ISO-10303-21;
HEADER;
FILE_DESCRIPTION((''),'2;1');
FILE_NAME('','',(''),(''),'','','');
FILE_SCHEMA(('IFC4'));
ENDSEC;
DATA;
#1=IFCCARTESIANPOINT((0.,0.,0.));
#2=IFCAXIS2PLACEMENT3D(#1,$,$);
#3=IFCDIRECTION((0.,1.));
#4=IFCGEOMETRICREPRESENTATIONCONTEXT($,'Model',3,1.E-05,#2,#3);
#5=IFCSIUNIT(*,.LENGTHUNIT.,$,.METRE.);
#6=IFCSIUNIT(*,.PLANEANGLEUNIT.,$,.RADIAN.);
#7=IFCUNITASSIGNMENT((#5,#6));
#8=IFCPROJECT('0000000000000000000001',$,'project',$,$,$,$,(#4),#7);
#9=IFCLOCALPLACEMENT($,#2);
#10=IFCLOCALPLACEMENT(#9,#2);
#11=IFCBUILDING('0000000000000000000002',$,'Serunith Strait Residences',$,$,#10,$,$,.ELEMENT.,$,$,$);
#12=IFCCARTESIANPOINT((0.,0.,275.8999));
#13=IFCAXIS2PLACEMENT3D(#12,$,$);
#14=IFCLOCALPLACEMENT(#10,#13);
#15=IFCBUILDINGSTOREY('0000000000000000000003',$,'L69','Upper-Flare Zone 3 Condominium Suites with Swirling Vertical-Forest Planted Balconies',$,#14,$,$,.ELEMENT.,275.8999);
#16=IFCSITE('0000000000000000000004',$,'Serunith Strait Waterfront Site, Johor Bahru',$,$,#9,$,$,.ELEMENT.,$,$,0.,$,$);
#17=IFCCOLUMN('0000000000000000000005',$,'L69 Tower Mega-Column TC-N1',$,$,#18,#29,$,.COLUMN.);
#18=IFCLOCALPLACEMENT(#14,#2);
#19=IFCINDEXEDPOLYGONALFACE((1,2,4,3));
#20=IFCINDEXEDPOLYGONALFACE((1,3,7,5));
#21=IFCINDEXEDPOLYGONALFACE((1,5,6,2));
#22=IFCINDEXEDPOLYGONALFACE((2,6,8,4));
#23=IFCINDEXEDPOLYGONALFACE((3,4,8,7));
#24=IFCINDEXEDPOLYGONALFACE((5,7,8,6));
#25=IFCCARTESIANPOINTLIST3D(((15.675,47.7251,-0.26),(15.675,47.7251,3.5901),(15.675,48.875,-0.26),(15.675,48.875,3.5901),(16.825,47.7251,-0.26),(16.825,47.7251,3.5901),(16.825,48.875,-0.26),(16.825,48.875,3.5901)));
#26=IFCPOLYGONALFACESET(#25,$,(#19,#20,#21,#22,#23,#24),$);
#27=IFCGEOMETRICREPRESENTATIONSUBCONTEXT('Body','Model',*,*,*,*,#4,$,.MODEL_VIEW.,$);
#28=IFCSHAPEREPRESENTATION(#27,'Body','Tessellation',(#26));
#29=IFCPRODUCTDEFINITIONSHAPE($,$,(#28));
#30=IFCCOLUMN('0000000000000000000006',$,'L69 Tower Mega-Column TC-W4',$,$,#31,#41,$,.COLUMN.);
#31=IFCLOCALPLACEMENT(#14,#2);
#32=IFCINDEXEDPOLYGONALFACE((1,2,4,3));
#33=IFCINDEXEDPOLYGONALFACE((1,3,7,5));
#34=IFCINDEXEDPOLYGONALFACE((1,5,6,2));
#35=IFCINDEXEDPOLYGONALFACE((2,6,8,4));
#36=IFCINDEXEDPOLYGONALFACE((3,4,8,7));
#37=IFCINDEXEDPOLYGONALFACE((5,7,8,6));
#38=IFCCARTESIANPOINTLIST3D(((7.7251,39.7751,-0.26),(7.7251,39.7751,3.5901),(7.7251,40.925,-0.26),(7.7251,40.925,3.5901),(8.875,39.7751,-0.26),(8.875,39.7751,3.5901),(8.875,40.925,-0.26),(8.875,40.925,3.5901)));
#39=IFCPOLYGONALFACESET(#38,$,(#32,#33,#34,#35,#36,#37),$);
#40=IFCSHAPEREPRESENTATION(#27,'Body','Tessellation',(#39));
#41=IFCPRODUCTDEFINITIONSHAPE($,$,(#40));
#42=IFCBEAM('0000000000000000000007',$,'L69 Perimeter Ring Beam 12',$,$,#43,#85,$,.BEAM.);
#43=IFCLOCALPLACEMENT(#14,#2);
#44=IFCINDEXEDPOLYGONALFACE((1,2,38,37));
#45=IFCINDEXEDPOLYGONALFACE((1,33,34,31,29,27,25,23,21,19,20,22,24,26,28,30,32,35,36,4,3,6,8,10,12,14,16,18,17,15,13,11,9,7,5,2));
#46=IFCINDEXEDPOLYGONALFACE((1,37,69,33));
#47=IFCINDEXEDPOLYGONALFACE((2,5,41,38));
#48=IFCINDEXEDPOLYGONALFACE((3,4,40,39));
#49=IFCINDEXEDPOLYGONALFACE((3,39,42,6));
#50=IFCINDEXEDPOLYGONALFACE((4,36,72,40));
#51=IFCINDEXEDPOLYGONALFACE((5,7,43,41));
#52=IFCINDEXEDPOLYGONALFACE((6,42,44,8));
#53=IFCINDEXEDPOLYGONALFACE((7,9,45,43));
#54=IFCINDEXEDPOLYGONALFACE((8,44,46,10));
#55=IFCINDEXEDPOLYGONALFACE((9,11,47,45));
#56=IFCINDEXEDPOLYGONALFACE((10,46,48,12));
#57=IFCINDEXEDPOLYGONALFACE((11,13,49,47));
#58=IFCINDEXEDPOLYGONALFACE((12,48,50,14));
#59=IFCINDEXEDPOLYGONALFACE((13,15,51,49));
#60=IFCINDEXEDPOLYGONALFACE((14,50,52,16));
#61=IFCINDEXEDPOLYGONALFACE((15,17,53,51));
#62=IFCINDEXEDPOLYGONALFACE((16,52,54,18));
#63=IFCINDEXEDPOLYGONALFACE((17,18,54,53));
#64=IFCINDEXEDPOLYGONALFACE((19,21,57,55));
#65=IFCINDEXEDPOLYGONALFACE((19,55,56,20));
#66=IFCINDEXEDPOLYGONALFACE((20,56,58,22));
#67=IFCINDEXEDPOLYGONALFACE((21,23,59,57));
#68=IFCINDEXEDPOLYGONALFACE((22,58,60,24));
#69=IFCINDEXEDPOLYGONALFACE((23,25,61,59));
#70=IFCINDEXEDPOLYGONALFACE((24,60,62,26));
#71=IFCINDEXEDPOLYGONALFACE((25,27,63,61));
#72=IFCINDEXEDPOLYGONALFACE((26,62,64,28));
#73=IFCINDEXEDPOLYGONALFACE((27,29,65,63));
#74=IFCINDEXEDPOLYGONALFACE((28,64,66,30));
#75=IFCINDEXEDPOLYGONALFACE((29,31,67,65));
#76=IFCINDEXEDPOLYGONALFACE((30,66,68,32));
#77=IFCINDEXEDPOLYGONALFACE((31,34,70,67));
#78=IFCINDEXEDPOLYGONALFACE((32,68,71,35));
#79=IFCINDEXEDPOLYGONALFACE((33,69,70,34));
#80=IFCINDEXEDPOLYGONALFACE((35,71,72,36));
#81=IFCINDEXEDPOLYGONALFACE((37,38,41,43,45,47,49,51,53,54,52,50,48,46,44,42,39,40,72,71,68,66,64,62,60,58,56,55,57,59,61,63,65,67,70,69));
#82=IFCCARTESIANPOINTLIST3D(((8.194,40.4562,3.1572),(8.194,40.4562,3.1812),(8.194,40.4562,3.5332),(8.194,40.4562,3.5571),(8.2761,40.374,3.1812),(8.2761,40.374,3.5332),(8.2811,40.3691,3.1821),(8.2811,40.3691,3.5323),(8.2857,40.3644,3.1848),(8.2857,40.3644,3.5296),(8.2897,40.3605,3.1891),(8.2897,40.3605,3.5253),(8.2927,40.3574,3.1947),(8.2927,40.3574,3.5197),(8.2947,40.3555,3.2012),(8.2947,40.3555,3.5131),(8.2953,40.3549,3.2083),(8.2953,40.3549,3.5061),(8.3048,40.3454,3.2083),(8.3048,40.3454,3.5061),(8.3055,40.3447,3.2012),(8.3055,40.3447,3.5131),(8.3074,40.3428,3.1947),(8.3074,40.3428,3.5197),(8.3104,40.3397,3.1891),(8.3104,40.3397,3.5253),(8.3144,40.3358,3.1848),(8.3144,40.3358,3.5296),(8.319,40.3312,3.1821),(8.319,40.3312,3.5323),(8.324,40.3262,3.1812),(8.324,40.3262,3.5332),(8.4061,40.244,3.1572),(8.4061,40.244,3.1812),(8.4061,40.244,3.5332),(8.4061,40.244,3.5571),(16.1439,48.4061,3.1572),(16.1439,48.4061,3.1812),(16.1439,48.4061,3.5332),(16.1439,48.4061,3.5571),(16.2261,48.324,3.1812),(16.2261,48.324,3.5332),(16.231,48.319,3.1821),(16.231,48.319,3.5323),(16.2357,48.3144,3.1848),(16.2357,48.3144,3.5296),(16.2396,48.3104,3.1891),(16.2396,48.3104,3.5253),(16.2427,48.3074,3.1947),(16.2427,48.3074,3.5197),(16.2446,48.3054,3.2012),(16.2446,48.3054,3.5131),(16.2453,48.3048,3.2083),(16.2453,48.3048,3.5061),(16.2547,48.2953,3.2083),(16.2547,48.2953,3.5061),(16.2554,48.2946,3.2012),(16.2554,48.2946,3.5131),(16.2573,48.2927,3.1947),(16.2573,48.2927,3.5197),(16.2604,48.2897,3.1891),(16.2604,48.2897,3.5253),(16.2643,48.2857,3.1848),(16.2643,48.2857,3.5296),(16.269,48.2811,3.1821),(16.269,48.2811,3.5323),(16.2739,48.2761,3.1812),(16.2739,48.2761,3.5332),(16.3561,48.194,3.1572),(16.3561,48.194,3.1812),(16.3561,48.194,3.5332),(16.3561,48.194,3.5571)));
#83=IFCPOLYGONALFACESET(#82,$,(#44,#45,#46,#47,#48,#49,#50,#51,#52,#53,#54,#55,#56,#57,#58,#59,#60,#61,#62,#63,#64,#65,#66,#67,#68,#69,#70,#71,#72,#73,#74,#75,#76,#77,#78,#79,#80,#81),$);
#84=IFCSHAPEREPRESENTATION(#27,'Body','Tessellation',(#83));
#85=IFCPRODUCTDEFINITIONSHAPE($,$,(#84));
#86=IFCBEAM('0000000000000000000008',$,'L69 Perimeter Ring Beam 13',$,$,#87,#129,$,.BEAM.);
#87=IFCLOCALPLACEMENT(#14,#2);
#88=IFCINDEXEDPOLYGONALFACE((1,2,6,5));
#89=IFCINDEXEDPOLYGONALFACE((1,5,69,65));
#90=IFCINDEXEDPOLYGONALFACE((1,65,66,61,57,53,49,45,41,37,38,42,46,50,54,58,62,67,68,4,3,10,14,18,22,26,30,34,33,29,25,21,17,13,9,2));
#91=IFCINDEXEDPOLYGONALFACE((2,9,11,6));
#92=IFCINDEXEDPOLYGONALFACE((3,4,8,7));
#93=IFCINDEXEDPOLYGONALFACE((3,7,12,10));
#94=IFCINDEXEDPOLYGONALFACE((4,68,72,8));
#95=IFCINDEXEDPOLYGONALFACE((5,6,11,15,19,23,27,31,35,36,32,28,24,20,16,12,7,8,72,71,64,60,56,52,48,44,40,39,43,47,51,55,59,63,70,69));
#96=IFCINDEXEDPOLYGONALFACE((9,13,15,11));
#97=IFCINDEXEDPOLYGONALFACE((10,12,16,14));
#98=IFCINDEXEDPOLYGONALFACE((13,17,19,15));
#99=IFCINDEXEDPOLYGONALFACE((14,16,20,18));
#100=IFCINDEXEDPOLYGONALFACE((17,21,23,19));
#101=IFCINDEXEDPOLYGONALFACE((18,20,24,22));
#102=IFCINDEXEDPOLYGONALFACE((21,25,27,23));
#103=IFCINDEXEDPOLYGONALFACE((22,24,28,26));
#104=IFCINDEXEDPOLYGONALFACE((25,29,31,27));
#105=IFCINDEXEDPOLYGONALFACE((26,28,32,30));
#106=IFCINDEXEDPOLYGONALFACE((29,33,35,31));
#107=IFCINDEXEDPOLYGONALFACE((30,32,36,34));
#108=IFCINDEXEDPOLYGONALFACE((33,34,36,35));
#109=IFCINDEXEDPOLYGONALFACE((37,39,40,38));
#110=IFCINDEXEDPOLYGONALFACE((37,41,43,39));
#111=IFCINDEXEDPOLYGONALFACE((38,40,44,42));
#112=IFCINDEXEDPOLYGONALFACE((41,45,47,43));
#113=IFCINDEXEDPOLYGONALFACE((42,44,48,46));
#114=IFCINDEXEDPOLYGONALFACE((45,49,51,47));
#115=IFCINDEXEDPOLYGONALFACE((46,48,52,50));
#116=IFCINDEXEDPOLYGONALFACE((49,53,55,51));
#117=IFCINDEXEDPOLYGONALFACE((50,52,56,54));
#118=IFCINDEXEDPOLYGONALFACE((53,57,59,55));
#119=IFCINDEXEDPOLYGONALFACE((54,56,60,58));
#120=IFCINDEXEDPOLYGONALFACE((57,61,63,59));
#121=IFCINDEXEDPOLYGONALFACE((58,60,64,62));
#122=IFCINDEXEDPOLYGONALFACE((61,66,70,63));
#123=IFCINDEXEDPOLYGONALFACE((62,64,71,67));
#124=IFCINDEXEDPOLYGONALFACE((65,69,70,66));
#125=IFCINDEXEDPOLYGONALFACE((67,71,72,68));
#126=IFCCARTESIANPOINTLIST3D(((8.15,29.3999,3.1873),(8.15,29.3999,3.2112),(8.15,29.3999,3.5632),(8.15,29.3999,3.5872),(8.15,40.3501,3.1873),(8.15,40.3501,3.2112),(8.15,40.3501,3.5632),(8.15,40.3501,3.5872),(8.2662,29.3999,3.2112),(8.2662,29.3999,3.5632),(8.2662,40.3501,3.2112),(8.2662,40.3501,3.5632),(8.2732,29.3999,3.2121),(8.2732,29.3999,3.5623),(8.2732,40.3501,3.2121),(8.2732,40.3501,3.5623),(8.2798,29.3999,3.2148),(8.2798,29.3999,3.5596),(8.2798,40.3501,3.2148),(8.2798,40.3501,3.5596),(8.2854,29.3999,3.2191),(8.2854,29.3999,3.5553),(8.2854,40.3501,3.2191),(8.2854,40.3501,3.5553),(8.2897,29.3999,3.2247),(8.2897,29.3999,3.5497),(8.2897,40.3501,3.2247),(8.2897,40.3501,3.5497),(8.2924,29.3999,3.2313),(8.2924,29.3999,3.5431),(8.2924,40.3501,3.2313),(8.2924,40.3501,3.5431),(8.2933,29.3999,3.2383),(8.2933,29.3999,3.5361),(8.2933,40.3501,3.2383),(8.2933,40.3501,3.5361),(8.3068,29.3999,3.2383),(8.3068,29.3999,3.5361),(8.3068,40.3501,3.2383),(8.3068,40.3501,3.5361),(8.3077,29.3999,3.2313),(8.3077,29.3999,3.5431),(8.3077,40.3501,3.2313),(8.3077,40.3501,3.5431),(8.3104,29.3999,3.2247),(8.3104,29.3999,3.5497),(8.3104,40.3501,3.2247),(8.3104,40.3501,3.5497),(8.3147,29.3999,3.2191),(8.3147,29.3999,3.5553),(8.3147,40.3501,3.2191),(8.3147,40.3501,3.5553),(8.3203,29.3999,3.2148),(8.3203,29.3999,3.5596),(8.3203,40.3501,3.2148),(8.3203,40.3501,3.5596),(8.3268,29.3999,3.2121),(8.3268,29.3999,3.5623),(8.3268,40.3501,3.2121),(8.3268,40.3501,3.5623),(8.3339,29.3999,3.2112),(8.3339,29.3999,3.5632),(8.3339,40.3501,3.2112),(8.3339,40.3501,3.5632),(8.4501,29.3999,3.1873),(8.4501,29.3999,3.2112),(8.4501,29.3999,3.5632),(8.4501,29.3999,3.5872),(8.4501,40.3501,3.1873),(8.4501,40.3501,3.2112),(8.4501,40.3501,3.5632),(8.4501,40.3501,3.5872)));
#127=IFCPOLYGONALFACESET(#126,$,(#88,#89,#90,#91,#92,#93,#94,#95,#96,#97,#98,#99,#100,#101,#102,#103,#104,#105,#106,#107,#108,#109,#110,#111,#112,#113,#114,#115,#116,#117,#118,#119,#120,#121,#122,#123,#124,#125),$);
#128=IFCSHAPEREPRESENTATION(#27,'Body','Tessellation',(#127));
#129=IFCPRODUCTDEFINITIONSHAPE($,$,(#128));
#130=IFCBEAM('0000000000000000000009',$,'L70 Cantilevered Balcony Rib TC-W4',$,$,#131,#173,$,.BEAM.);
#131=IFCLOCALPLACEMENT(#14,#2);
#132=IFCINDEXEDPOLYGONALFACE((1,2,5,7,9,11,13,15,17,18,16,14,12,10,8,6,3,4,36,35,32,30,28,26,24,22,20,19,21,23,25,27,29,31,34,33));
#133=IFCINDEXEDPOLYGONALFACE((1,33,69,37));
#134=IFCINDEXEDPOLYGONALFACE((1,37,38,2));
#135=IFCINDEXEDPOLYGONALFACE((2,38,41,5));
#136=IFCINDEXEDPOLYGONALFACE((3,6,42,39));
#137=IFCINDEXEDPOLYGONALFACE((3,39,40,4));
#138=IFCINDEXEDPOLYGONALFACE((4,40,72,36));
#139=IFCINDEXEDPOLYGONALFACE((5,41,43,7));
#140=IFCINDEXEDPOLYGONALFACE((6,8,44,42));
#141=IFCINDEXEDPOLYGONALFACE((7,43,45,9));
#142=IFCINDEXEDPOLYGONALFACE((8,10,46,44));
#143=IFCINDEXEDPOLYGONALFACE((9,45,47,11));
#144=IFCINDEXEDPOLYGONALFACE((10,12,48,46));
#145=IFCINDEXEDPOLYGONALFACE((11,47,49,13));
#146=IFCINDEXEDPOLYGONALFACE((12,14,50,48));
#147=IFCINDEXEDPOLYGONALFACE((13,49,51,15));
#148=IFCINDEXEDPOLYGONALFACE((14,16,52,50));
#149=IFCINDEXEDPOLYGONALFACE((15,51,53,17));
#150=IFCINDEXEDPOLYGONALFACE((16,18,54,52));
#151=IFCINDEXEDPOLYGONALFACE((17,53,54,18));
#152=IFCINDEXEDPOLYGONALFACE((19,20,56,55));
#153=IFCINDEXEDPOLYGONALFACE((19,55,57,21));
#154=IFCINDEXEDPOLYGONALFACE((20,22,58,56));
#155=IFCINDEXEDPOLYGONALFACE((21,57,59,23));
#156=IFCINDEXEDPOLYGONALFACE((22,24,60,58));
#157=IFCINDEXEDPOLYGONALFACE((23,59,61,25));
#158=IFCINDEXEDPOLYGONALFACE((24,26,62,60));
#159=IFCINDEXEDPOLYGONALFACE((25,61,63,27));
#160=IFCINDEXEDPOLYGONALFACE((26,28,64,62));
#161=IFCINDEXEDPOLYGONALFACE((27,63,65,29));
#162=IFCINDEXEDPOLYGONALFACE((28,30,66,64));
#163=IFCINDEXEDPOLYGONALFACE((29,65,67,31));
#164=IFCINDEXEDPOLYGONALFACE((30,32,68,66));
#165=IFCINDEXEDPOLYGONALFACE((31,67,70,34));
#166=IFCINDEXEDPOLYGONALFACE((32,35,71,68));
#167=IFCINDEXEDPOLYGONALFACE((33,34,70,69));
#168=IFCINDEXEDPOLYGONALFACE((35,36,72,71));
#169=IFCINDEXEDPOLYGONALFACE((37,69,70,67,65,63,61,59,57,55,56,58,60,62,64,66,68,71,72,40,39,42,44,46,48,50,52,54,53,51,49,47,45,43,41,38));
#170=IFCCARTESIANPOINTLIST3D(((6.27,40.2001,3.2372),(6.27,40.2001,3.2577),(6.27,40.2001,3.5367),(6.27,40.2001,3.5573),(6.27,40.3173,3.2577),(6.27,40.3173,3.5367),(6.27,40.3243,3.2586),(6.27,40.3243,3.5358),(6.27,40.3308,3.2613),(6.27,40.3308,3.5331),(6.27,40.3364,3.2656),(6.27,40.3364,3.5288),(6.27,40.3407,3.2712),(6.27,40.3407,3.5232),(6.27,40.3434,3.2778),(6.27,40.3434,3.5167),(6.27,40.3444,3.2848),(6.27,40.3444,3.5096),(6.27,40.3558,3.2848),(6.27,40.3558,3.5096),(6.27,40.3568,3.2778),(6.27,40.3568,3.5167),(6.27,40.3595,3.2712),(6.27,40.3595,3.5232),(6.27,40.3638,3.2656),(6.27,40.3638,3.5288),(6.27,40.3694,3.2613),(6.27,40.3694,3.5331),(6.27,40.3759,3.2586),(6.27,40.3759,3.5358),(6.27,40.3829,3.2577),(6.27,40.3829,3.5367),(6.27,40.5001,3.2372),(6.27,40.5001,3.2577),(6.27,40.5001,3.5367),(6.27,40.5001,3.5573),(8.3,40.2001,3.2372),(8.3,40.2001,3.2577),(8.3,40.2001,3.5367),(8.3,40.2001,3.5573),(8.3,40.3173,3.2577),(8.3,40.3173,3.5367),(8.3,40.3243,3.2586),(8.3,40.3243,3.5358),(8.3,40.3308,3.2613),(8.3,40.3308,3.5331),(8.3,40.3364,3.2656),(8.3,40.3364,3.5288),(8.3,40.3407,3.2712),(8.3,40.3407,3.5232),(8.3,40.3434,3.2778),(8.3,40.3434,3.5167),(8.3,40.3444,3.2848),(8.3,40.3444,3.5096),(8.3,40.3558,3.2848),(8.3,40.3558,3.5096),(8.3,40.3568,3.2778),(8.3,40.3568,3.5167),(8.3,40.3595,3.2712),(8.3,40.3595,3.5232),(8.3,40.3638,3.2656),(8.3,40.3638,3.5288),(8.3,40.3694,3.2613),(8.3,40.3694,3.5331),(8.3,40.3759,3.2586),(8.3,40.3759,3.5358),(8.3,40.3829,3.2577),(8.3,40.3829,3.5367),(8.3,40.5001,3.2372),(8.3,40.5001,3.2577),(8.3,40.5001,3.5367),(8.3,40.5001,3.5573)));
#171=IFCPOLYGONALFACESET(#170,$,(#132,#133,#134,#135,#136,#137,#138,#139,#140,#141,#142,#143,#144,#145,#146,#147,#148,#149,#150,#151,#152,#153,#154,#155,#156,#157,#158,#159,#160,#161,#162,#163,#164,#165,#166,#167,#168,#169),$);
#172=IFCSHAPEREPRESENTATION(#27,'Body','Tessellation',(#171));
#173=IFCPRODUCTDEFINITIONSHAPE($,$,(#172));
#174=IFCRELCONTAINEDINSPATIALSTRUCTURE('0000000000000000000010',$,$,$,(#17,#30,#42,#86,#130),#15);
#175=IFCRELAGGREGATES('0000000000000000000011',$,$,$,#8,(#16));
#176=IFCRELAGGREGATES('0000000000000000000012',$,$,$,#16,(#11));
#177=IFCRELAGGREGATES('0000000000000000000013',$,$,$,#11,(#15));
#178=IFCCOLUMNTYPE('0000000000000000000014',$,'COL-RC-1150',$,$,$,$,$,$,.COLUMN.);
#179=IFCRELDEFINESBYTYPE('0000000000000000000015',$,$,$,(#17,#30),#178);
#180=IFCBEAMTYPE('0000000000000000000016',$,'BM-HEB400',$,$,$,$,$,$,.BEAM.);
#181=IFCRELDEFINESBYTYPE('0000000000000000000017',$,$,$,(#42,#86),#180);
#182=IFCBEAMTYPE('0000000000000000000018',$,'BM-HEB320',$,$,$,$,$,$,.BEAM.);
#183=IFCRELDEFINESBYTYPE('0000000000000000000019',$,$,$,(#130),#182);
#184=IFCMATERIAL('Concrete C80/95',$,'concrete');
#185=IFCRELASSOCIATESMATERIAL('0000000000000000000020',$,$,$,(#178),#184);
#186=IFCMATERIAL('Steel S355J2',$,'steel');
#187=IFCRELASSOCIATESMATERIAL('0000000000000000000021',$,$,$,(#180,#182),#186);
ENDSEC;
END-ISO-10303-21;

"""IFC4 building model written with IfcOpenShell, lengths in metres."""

from ifc_helpers import new_model, si_unit, direction, frame, origin, origin_2d, place, context, subcontext, project, spatial, rectangle, i_section, extrude, source, transform, mapped, material, material_profile, profile_set, type_object, element, save


model = new_model("IFC4")

# Units and contexts
model_context = context("Model", 3, precision=1e-05, world=origin(), true_north=direction((0.0, 1.0)))
body_context = subcontext(model_context, "Body", "Model", "MODEL_VIEW")
ifc_project = project(units=[si_unit("LENGTHUNIT", "METRE"), si_unit("PLANEANGLEUNIT", "RADIAN")], contexts=[model_context])

# Site, building, storey
site_placement = place(None, origin())
site = spatial("IfcSite", under=ifc_project, at=site_placement, Name="Serunith Strait Waterfront Site, Johor Bahru", CompositionType="ELEMENT", RefElevation=0.0)
building_placement = place(site_placement, origin())
building = spatial("IfcBuilding", under=site, at=building_placement, Name="Serunith Strait Residences", CompositionType="ELEMENT")
storey_placement = place(building_placement, frame((0.0, 0.0, 275.8999)))
storey = spatial("IfcBuildingStorey", under=building, at=storey_placement, Name="L69", Description="Upper-Flare Zone 3 Condominium Suites with Swirling Vertical-Forest Planted Balconies", CompositionType="ELEMENT", Elevation=275.8999)

# Columns
ifc_material_1 = material(Name="Concrete C80/95", Category="concrete")
ifc_material_profile_1 = material_profile(ifc_material_1, rectangle(XDim=1.1499, YDim=1.1499, at=origin_2d()), Name="RC 1150x1150")
ifc_profile_set_1 = profile_set([ifc_material_profile_1], Name="Concrete C80/95")
column_type = type_object("IfcColumnType", Name="COL-RC-1150", PredefinedType="COLUMN", material=ifc_profile_set_1)
shared_shape_1 = source(origin(), body_context, "Body", "SweptSolid", [
    extrude(rectangle(XDim=1.1499, YDim=1.1499, at=origin_2d()), origin(), (0.0, 0.0, 1.0), 3.8501),
])
for number, where, z_axis, x_axis, name in (
    (1, (16.25, 48.3, -0.26), (0.0, 0.0, 1.0), (1.0, 0.0, 0.0), "L69 Tower Mega-Column TC-N1"),
    (2, (8.3, 40.3501, -0.26), (0.0, 0.0, 1.0), (1.0, 0.0, 0.0), "L69 Tower Mega-Column TC-W4"),
):
    element("IfcColumn", number, at=place(storey_placement, frame(where, z_axis=z_axis, x_axis=x_axis)), inside=storey, type_object=column_type, Name=name, PredefinedType="COLUMN", context=body_context, shape_type="MappedRepresentation", body=[
        mapped(shared_shape_1, transform((0.0, 0.0, 0.0), scale=1.0)),
    ])

# Beams
ifc_material_2 = material(Name="Steel S355J2", Category="steel")
ifc_material_profile_2 = material_profile(ifc_material_2, i_section(OverallWidth=0.3, OverallDepth=0.3999, WebThickness=0.0134, FlangeThickness=0.0239, FilletRadius=0.0271, at=origin_2d()), Name="HEB 400")
ifc_profile_set_2 = profile_set([ifc_material_profile_2], Name="Steel S355J2")
beam_type_1 = type_object("IfcBeamType", Name="BM-HEB400", PredefinedType="BEAM", material=ifc_profile_set_2)
shared_shape_2 = source(origin(), body_context, "Body", "SweptSolid", [
    extrude(i_section(OverallWidth=0.3, OverallDepth=0.3999, WebThickness=0.0134, FlangeThickness=0.0239, FilletRadius=0.0271, at=origin_2d()), origin(), (0.0, 0.0, 1.0), 11.2429),
])
beam_1_placement = place(storey_placement, frame((16.25, 48.3, 3.3572), z_axis=(-0.707107, -0.707107, 0.0), x_axis=(0.707107, -0.707107, 0.0)))
element("IfcBeam", 3, at=beam_1_placement, inside=storey, type_object=beam_type_1, Name="L69 Perimeter Ring Beam 12", PredefinedType="BEAM", context=body_context, shape_type="MappedRepresentation", body=[
    mapped(shared_shape_2, transform((0.0, 0.0, 0.0), scale=1.0)),
])
shared_shape_3 = source(origin(), body_context, "Body", "SweptSolid", [
    extrude(i_section(OverallWidth=0.3, OverallDepth=0.3999, WebThickness=0.0134, FlangeThickness=0.0239, FilletRadius=0.0271, at=origin_2d()), origin(), (0.0, 0.0, 1.0), 10.9502),
])
beam_2_placement = place(storey_placement, frame((8.3, 40.3501, 3.3872), z_axis=(0.0, -1.0, 0.0), x_axis=(1.0, 0.0, 0.0)))
element("IfcBeam", 4, at=beam_2_placement, inside=storey, type_object=beam_type_1, Name="L69 Perimeter Ring Beam 13", PredefinedType="BEAM", context=body_context, shape_type="MappedRepresentation", body=[
    mapped(shared_shape_3, transform((0.0, 0.0, 0.0), scale=1.0)),
])
ifc_material_profile_3 = material_profile(ifc_material_2, i_section(OverallWidth=0.3, OverallDepth=0.3201, WebThickness=0.0115, FlangeThickness=0.0205, FilletRadius=0.0271, at=origin_2d()), Name="HEB 320")
ifc_profile_set_3 = profile_set([ifc_material_profile_3], Name="Steel S355J2")
beam_type_2 = type_object("IfcBeamType", Name="BM-HEB320", PredefinedType="BEAM", material=ifc_profile_set_3)
shared_shape_4 = source(origin(), body_context, "Body", "SweptSolid", [
    extrude(i_section(OverallWidth=0.3, OverallDepth=0.3201, WebThickness=0.0115, FlangeThickness=0.0205, FilletRadius=0.0271, at=origin_2d()), origin(), (0.0, 0.0, 1.0), 2.03),
])
beam_3_placement = place(storey_placement, frame((8.3, 40.3501, 3.3972), z_axis=(-1.0, 0.0, 0.0), x_axis=(0.0, -1.0, 0.0)))
element("IfcBeam", 5, at=beam_3_placement, inside=storey, type_object=beam_type_2, Name="L70 Cantilevered Balcony Rib TC-W4", PredefinedType="BEAM", context=body_context, shape_type="MappedRepresentation", body=[
    mapped(shared_shape_4, transform((0.0, 0.0, 0.0), scale=1.0)),
])

save(model, "model.ifc")
